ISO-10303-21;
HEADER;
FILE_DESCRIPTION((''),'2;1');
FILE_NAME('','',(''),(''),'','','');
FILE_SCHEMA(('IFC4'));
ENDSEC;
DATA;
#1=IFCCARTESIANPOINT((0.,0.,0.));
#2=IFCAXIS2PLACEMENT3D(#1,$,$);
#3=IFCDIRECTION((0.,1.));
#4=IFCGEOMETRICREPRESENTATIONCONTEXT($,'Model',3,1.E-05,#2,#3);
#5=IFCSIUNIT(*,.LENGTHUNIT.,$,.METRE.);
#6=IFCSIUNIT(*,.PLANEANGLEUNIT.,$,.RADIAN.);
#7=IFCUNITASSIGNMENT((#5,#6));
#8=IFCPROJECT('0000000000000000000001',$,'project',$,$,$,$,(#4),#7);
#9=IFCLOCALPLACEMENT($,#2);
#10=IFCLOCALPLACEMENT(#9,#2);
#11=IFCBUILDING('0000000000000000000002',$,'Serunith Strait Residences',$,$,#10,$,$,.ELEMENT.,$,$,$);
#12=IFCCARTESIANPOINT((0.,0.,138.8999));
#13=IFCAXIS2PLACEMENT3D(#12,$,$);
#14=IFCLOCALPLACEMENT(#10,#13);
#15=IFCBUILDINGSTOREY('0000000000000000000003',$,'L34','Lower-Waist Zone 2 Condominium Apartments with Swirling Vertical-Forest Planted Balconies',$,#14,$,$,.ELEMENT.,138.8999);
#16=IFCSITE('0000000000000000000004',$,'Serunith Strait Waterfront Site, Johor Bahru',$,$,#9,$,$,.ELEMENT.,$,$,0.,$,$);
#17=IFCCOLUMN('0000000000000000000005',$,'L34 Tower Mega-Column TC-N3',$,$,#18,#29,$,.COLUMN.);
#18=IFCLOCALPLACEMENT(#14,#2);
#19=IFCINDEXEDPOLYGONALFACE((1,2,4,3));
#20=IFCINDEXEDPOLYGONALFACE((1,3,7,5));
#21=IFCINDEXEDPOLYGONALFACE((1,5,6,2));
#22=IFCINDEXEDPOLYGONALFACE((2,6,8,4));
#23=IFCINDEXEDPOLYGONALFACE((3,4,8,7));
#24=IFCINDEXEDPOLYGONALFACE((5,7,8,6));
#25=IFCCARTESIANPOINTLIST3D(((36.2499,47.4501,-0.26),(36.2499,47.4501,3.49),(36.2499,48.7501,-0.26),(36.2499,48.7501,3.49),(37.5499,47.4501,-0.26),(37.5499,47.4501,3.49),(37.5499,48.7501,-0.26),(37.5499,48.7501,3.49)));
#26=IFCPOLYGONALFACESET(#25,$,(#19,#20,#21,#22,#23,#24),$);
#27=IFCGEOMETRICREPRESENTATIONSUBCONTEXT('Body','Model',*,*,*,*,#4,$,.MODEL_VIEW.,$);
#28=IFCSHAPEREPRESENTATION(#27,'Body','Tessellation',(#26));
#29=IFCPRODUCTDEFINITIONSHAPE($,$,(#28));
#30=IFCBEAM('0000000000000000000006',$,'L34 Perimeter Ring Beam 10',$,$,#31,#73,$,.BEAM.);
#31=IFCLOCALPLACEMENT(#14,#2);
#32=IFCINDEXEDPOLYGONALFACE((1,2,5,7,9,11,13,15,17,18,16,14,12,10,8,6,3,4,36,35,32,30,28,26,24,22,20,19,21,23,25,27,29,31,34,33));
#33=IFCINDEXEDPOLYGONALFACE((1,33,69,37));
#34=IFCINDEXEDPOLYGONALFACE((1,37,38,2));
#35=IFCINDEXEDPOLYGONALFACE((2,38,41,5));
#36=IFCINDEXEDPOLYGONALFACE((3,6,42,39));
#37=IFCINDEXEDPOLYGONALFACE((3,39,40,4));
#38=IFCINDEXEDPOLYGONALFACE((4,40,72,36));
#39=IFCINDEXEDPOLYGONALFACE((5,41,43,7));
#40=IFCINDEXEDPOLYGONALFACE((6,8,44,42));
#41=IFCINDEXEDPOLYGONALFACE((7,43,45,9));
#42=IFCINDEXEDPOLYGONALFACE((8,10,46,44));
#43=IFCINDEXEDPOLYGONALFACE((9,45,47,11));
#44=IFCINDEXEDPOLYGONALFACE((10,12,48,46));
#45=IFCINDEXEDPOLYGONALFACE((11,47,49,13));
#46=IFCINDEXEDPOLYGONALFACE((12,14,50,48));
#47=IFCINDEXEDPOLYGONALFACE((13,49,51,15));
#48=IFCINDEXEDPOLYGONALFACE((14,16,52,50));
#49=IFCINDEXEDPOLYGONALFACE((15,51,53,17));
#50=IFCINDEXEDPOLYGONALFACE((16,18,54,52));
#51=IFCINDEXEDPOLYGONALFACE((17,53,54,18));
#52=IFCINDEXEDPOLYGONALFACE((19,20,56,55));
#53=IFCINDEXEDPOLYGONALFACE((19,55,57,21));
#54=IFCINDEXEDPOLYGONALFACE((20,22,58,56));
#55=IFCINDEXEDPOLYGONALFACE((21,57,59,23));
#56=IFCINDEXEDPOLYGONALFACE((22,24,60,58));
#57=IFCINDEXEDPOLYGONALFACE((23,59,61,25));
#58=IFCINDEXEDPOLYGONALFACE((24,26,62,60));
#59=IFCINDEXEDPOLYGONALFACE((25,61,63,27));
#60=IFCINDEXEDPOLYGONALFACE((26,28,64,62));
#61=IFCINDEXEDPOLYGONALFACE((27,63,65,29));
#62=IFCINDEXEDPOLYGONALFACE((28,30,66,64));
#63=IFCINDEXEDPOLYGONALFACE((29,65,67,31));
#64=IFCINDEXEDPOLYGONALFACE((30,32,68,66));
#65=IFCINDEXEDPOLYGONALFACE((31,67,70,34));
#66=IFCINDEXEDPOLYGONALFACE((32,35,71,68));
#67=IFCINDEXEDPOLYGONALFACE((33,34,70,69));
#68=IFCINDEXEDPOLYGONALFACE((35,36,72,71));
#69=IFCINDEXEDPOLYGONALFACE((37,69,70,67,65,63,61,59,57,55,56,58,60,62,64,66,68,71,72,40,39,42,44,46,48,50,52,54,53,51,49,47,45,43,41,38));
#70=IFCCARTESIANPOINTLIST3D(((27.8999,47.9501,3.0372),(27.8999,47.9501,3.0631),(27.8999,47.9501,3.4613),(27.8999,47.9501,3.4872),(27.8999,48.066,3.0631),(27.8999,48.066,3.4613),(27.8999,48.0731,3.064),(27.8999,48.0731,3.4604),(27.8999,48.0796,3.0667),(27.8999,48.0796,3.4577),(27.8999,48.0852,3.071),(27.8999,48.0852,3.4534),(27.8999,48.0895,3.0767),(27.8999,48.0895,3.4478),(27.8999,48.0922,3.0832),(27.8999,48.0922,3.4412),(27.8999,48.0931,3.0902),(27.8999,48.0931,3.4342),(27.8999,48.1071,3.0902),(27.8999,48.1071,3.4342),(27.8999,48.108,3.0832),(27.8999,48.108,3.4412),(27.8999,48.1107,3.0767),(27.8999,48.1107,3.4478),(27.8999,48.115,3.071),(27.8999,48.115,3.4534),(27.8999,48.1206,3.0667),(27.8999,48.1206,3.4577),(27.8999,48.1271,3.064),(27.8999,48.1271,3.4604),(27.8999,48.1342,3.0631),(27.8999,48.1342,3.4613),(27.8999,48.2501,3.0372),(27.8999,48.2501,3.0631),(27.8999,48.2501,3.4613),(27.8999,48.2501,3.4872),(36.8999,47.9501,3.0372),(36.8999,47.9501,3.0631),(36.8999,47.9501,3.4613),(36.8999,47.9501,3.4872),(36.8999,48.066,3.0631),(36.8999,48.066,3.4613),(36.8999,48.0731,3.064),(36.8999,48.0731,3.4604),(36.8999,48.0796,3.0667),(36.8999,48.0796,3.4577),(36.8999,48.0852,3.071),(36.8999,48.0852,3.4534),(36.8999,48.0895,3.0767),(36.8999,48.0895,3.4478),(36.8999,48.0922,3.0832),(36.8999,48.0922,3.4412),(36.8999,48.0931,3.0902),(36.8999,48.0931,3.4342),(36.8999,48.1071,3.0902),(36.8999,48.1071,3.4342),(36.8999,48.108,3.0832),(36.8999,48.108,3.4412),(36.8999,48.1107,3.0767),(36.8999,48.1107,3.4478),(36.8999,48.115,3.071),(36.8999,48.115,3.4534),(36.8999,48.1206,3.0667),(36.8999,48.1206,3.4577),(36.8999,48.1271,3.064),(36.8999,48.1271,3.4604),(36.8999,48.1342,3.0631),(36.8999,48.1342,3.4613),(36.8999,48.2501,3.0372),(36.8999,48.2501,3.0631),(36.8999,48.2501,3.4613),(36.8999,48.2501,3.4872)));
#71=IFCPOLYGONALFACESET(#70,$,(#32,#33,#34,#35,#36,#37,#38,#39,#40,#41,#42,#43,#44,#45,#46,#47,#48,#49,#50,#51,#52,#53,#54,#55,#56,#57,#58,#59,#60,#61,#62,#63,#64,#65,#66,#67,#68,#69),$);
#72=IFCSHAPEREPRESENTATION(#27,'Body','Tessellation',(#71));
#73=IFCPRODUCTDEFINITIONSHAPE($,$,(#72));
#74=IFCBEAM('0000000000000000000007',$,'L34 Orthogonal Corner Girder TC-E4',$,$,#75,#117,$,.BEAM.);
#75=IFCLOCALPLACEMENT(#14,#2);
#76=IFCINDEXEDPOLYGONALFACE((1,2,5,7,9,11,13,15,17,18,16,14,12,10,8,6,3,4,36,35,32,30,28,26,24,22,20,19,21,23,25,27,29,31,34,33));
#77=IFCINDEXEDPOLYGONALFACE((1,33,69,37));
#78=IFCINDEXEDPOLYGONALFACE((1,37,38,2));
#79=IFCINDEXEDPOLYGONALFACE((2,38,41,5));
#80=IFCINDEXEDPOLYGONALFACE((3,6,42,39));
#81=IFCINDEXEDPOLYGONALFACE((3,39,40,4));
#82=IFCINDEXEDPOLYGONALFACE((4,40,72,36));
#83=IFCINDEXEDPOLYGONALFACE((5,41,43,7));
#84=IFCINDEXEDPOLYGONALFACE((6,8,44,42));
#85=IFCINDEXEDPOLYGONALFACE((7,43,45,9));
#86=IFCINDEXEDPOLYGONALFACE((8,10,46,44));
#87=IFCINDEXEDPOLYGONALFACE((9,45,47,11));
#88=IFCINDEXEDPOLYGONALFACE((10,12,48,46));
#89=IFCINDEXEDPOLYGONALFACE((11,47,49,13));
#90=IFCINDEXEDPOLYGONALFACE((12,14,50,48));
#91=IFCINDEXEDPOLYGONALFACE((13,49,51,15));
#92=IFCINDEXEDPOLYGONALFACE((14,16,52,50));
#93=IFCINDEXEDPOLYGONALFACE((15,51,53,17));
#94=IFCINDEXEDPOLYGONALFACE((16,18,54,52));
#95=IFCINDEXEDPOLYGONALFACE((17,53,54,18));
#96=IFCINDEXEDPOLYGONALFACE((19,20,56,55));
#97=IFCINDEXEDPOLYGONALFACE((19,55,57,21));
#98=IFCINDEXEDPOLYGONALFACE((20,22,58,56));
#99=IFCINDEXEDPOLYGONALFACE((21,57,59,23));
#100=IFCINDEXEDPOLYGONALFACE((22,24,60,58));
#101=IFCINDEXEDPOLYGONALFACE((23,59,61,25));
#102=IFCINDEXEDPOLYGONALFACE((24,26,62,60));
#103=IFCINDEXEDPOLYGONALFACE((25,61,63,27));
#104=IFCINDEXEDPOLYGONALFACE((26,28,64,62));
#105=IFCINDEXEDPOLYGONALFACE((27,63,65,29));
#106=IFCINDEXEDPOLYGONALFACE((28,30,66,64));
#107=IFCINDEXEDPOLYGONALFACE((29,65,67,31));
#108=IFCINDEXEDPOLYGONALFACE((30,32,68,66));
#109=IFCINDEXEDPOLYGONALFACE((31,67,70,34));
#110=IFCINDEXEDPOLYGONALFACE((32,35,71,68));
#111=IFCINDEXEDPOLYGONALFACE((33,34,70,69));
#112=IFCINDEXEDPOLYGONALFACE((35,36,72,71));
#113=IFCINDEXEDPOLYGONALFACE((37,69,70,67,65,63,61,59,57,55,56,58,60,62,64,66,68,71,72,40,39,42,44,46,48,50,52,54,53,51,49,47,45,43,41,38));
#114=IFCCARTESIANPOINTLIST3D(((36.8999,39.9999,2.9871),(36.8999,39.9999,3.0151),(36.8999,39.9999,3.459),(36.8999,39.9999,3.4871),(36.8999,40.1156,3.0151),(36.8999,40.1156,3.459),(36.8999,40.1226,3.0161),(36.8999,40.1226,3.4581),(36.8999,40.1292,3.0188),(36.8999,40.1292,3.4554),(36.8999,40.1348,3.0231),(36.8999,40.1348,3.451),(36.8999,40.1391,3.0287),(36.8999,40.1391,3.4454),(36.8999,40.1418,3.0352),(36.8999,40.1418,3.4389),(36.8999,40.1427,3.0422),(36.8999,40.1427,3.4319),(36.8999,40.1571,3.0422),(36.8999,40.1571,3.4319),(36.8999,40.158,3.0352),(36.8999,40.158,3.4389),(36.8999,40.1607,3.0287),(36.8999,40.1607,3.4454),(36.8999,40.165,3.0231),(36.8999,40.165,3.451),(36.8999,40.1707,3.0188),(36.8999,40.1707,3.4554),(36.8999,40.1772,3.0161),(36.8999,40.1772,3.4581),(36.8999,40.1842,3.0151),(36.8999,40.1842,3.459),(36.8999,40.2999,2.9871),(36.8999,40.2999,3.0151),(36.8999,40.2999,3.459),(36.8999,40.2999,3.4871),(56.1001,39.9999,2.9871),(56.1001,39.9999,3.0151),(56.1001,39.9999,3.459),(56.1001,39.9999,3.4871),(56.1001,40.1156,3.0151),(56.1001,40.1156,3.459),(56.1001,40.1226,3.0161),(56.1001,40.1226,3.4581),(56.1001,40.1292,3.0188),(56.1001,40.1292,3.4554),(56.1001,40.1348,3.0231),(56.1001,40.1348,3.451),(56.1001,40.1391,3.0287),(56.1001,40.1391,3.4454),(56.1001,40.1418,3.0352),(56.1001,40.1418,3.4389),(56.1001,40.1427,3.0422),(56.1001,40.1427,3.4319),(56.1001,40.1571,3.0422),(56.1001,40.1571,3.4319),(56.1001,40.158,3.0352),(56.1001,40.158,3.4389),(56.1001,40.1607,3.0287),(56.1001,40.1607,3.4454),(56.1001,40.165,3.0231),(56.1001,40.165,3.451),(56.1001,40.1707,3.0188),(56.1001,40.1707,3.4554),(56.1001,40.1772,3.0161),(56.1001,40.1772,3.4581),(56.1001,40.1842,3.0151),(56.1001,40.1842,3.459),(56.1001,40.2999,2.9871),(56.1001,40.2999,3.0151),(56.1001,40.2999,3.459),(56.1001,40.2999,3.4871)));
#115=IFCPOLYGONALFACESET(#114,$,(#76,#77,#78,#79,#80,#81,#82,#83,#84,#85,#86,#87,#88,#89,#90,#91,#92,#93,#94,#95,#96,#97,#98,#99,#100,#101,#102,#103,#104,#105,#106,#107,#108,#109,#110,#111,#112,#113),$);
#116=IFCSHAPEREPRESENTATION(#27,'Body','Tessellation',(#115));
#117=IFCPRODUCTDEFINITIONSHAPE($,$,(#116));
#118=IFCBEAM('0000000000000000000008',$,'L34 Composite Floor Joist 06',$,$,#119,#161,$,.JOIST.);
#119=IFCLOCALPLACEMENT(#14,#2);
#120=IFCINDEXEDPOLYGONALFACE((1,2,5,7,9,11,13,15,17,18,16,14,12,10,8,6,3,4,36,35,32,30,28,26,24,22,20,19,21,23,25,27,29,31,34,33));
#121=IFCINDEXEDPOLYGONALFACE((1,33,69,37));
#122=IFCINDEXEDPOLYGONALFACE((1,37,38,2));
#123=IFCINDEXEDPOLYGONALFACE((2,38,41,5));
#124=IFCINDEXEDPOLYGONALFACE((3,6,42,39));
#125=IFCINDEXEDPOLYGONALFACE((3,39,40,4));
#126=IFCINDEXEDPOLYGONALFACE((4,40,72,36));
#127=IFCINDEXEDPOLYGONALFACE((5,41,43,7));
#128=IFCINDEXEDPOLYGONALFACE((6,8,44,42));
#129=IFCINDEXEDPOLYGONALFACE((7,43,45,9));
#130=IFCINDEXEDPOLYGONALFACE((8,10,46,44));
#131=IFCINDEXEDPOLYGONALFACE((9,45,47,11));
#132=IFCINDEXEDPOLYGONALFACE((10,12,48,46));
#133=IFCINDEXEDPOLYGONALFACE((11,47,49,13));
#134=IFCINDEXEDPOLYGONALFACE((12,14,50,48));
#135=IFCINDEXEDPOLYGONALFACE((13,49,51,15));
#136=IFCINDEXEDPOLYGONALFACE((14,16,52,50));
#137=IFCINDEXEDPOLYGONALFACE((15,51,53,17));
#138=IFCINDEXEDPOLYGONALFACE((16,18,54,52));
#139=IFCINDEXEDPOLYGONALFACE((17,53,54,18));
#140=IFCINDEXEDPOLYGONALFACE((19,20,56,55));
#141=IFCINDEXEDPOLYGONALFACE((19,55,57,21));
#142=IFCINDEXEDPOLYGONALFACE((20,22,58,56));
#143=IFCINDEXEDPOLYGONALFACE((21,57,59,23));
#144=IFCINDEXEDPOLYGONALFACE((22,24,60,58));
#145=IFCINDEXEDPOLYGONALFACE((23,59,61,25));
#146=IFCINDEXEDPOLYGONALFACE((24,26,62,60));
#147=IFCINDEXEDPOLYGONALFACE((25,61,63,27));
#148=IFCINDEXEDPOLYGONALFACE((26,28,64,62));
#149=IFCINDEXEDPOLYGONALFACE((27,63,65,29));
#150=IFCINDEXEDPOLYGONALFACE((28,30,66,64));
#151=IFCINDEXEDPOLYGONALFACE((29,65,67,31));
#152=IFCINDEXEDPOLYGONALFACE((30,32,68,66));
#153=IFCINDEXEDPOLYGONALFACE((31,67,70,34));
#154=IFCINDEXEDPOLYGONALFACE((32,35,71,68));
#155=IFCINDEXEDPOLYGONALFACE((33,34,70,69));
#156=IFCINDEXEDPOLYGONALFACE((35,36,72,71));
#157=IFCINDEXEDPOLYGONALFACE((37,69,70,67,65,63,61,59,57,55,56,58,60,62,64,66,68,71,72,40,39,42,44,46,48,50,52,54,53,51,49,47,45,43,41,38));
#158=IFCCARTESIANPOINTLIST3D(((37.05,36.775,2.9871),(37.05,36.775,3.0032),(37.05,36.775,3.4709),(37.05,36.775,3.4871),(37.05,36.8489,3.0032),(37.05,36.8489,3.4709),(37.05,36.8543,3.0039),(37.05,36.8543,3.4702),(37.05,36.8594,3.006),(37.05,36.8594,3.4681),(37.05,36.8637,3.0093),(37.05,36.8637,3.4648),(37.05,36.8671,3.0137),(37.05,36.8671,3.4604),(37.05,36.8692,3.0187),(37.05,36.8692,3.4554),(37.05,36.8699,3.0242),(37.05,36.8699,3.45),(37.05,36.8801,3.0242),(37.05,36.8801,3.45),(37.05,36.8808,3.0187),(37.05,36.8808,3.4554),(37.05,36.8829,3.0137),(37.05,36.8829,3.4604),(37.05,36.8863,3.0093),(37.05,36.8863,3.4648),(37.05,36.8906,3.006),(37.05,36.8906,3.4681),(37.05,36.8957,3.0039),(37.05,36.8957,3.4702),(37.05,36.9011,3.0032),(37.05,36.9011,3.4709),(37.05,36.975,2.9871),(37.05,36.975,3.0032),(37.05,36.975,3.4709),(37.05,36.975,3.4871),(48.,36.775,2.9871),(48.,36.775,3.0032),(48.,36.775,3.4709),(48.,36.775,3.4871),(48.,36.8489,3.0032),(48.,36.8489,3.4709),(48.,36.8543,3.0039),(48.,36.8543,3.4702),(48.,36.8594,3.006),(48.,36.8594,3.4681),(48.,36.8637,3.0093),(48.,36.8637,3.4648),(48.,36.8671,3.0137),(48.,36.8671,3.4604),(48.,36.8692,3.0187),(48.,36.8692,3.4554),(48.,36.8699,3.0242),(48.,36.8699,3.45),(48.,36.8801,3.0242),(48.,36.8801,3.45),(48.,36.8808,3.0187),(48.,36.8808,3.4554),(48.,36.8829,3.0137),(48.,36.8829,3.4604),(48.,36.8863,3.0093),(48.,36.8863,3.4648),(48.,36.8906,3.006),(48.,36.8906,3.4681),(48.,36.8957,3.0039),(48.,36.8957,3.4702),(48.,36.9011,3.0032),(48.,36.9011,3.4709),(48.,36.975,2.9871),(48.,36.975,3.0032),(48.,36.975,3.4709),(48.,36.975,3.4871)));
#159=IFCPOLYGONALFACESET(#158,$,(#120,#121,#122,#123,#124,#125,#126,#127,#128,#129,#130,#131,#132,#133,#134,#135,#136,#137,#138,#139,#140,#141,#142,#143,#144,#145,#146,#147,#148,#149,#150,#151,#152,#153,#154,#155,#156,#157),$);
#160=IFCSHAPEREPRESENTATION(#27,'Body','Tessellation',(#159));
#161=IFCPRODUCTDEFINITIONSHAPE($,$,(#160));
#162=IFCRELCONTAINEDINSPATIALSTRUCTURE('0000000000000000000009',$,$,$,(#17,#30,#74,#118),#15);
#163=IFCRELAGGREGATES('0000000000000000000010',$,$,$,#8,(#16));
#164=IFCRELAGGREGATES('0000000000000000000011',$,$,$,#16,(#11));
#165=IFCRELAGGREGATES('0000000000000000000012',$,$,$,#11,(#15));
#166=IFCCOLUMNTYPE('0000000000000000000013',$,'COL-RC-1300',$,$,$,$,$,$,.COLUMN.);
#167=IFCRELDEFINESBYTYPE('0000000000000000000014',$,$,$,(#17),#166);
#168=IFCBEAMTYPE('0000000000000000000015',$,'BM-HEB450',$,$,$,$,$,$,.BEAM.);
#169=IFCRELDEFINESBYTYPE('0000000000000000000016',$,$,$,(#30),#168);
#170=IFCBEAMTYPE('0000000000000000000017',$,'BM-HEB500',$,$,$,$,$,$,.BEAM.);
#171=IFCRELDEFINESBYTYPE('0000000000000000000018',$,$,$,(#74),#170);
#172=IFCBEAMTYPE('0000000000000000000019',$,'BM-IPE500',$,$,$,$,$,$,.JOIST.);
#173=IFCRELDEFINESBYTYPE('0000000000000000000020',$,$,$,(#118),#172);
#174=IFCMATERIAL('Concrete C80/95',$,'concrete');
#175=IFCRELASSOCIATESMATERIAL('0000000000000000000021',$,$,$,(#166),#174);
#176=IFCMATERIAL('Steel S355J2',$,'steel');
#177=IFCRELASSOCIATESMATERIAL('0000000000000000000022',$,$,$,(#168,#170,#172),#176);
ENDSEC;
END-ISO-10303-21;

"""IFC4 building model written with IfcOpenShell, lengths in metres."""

from ifc_helpers import new_model, si_unit, direction, frame, origin, origin_2d, place, context, subcontext, project, spatial, rectangle, i_section, extrude, source, transform, mapped, material, material_profile, profile_set, type_object, element, save


model = new_model("IFC4")

# Units and contexts
model_context = context("Model", 3, precision=1e-05, world=origin(), true_north=direction((0.0, 1.0)))
body_context = subcontext(model_context, "Body", "Model", "MODEL_VIEW")
ifc_project = project(units=[si_unit("LENGTHUNIT", "METRE"), si_unit("PLANEANGLEUNIT", "RADIAN")], contexts=[model_context])

# Site, building, storey
site_placement = place(None, origin())
site = spatial("IfcSite", under=ifc_project, at=site_placement, Name="Serunith Strait Waterfront Site, Johor Bahru", CompositionType="ELEMENT", RefElevation=0.0)
building_placement = place(site_placement, origin())
building = spatial("IfcBuilding", under=site, at=building_placement, Name="Serunith Strait Residences", CompositionType="ELEMENT")
storey_placement = place(building_placement, frame((0.0, 0.0, 138.8999)))
storey = spatial("IfcBuildingStorey", under=building, at=storey_placement, Name="L34", Description="Lower-Waist Zone 2 Condominium Apartments with Swirling Vertical-Forest Planted Balconies", CompositionType="ELEMENT", Elevation=138.8999)

# Column
ifc_material_1 = material(Name="Concrete C80/95", Category="concrete")
ifc_material_profile_1 = material_profile(ifc_material_1, rectangle(XDim=1.3, YDim=1.3, at=origin_2d()), Name="RC 1300x1300")
ifc_profile_set_1 = profile_set([ifc_material_profile_1], Name="Concrete C80/95")
column_type = type_object("IfcColumnType", Name="COL-RC-1300", PredefinedType="COLUMN", material=ifc_profile_set_1)
shared_shape_1 = source(origin(), body_context, "Body", "SweptSolid", [
    extrude(rectangle(XDim=1.3, YDim=1.3, at=origin_2d()), origin(), (0.0, 0.0, 1.0), 3.75),
])
column_placement = place(storey_placement, frame((36.8999, 48.1001, -0.26), z_axis=(0.0, 0.0, 1.0), x_axis=(1.0, 0.0, 0.0)))
element("IfcColumn", 1, at=column_placement, inside=storey, type_object=column_type, Name="L34 Tower Mega-Column TC-N3", PredefinedType="COLUMN", context=body_context, shape_type="MappedRepresentation", body=[
    mapped(shared_shape_1, transform((0.0, 0.0, 0.0), scale=1.0)),
])

# Beams
ifc_material_2 = material(Name="Steel S355J2", Category="steel")
ifc_material_profile_2 = material_profile(ifc_material_2, i_section(OverallWidth=0.3, OverallDepth=0.45, WebThickness=0.0139, FlangeThickness=0.0259, FilletRadius=0.0271, at=origin_2d()), Name="HEB 450")
ifc_profile_set_2 = profile_set([ifc_material_profile_2], Name="Steel S355J2")
beam_type_1 = type_object("IfcBeamType", Name="BM-HEB450", PredefinedType="BEAM", material=ifc_profile_set_2)
shared_shape_2 = source(origin(), body_context, "Body", "SweptSolid", [
    extrude(i_section(OverallWidth=0.3, OverallDepth=0.45, WebThickness=0.0139, FlangeThickness=0.0259, FilletRadius=0.0271, at=origin_2d()), origin(), (0.0, 0.0, 1.0), 9.0),
])
beam_1_placement = place(storey_placement, frame((36.8999, 48.1001, 3.2622), z_axis=(-1.0, 0.0, 0.0), x_axis=(0.0, -1.0, 0.0)))
element("IfcBeam", 2, at=beam_1_placement, inside=storey, type_object=beam_type_1, Name="L34 Perimeter Ring Beam 10", PredefinedType="BEAM", context=body_context, shape_type="MappedRepresentation", body=[
    mapped(shared_shape_2, transform((0.0, 0.0, 0.0), scale=1.0)),
])
ifc_material_profile_3 = material_profile(ifc_material_2, i_section(OverallWidth=0.3, OverallDepth=0.5, WebThickness=0.0144, FlangeThickness=0.0281, FilletRadius=0.0271, at=origin_2d()), Name="HEB 500")
ifc_profile_set_3 = profile_set([ifc_material_profile_3], Name="Steel S355J2")
beam_type_2 = type_object("IfcBeamType", Name="BM-HEB500", PredefinedType="BEAM", material=ifc_profile_set_3)
shared_shape_3 = source(origin(), body_context, "Body", "SweptSolid", [
    extrude(i_section(OverallWidth=0.3, OverallDepth=0.5, WebThickness=0.0144, FlangeThickness=0.0281, FilletRadius=0.0271, at=origin_2d()), origin(), (0.0, 0.0, 1.0), 19.2002),
])
beam_2_placement = place(storey_placement, frame((36.8999, 40.1499, 3.2371), z_axis=(1.0, 0.0, 0.0), x_axis=(0.0, 1.0, 0.0)))
element("IfcBeam", 3, at=beam_2_placement, inside=storey, type_object=beam_type_2, Name="L34 Orthogonal Corner Girder TC-E4", PredefinedType="BEAM", context=body_context, shape_type="MappedRepresentation", body=[
    mapped(shared_shape_3, transform((0.0, 0.0, 0.0), scale=1.0)),
])
ifc_material_profile_4 = material_profile(ifc_material_2, i_section(OverallWidth=0.2, OverallDepth=0.5, WebThickness=0.0103, FlangeThickness=0.0161, FilletRadius=0.021, at=origin_2d()), Name="IPE 500")
ifc_profile_set_4 = profile_set([ifc_material_profile_4], Name="Steel S355J2")
beam_type_3 = type_object("IfcBeamType", Name="BM-IPE500", PredefinedType="JOIST", material=ifc_profile_set_4)
shared_shape_4 = source(origin(), body_context, "Body", "SweptSolid", [
    extrude(i_section(OverallWidth=0.2, OverallDepth=0.5, WebThickness=0.0103, FlangeThickness=0.0161, FilletRadius=0.021, at=origin_2d()), origin(), (0.0, 0.0, 1.0), 10.95),
])
beam_3_placement = place(storey_placement, frame((37.05, 36.875, 3.2371), z_axis=(1.0, 0.0, 0.0), x_axis=(0.0, 1.0, 0.0)))
element("IfcBeam", 4, at=beam_3_placement, inside=storey, type_object=beam_type_3, Name="L34 Composite Floor Joist 06", PredefinedType="JOIST", context=body_context, shape_type="MappedRepresentation", body=[
    mapped(shared_shape_4, transform((0.0, 0.0, 0.0), scale=1.0)),
])

save(model, "model.ifc")
